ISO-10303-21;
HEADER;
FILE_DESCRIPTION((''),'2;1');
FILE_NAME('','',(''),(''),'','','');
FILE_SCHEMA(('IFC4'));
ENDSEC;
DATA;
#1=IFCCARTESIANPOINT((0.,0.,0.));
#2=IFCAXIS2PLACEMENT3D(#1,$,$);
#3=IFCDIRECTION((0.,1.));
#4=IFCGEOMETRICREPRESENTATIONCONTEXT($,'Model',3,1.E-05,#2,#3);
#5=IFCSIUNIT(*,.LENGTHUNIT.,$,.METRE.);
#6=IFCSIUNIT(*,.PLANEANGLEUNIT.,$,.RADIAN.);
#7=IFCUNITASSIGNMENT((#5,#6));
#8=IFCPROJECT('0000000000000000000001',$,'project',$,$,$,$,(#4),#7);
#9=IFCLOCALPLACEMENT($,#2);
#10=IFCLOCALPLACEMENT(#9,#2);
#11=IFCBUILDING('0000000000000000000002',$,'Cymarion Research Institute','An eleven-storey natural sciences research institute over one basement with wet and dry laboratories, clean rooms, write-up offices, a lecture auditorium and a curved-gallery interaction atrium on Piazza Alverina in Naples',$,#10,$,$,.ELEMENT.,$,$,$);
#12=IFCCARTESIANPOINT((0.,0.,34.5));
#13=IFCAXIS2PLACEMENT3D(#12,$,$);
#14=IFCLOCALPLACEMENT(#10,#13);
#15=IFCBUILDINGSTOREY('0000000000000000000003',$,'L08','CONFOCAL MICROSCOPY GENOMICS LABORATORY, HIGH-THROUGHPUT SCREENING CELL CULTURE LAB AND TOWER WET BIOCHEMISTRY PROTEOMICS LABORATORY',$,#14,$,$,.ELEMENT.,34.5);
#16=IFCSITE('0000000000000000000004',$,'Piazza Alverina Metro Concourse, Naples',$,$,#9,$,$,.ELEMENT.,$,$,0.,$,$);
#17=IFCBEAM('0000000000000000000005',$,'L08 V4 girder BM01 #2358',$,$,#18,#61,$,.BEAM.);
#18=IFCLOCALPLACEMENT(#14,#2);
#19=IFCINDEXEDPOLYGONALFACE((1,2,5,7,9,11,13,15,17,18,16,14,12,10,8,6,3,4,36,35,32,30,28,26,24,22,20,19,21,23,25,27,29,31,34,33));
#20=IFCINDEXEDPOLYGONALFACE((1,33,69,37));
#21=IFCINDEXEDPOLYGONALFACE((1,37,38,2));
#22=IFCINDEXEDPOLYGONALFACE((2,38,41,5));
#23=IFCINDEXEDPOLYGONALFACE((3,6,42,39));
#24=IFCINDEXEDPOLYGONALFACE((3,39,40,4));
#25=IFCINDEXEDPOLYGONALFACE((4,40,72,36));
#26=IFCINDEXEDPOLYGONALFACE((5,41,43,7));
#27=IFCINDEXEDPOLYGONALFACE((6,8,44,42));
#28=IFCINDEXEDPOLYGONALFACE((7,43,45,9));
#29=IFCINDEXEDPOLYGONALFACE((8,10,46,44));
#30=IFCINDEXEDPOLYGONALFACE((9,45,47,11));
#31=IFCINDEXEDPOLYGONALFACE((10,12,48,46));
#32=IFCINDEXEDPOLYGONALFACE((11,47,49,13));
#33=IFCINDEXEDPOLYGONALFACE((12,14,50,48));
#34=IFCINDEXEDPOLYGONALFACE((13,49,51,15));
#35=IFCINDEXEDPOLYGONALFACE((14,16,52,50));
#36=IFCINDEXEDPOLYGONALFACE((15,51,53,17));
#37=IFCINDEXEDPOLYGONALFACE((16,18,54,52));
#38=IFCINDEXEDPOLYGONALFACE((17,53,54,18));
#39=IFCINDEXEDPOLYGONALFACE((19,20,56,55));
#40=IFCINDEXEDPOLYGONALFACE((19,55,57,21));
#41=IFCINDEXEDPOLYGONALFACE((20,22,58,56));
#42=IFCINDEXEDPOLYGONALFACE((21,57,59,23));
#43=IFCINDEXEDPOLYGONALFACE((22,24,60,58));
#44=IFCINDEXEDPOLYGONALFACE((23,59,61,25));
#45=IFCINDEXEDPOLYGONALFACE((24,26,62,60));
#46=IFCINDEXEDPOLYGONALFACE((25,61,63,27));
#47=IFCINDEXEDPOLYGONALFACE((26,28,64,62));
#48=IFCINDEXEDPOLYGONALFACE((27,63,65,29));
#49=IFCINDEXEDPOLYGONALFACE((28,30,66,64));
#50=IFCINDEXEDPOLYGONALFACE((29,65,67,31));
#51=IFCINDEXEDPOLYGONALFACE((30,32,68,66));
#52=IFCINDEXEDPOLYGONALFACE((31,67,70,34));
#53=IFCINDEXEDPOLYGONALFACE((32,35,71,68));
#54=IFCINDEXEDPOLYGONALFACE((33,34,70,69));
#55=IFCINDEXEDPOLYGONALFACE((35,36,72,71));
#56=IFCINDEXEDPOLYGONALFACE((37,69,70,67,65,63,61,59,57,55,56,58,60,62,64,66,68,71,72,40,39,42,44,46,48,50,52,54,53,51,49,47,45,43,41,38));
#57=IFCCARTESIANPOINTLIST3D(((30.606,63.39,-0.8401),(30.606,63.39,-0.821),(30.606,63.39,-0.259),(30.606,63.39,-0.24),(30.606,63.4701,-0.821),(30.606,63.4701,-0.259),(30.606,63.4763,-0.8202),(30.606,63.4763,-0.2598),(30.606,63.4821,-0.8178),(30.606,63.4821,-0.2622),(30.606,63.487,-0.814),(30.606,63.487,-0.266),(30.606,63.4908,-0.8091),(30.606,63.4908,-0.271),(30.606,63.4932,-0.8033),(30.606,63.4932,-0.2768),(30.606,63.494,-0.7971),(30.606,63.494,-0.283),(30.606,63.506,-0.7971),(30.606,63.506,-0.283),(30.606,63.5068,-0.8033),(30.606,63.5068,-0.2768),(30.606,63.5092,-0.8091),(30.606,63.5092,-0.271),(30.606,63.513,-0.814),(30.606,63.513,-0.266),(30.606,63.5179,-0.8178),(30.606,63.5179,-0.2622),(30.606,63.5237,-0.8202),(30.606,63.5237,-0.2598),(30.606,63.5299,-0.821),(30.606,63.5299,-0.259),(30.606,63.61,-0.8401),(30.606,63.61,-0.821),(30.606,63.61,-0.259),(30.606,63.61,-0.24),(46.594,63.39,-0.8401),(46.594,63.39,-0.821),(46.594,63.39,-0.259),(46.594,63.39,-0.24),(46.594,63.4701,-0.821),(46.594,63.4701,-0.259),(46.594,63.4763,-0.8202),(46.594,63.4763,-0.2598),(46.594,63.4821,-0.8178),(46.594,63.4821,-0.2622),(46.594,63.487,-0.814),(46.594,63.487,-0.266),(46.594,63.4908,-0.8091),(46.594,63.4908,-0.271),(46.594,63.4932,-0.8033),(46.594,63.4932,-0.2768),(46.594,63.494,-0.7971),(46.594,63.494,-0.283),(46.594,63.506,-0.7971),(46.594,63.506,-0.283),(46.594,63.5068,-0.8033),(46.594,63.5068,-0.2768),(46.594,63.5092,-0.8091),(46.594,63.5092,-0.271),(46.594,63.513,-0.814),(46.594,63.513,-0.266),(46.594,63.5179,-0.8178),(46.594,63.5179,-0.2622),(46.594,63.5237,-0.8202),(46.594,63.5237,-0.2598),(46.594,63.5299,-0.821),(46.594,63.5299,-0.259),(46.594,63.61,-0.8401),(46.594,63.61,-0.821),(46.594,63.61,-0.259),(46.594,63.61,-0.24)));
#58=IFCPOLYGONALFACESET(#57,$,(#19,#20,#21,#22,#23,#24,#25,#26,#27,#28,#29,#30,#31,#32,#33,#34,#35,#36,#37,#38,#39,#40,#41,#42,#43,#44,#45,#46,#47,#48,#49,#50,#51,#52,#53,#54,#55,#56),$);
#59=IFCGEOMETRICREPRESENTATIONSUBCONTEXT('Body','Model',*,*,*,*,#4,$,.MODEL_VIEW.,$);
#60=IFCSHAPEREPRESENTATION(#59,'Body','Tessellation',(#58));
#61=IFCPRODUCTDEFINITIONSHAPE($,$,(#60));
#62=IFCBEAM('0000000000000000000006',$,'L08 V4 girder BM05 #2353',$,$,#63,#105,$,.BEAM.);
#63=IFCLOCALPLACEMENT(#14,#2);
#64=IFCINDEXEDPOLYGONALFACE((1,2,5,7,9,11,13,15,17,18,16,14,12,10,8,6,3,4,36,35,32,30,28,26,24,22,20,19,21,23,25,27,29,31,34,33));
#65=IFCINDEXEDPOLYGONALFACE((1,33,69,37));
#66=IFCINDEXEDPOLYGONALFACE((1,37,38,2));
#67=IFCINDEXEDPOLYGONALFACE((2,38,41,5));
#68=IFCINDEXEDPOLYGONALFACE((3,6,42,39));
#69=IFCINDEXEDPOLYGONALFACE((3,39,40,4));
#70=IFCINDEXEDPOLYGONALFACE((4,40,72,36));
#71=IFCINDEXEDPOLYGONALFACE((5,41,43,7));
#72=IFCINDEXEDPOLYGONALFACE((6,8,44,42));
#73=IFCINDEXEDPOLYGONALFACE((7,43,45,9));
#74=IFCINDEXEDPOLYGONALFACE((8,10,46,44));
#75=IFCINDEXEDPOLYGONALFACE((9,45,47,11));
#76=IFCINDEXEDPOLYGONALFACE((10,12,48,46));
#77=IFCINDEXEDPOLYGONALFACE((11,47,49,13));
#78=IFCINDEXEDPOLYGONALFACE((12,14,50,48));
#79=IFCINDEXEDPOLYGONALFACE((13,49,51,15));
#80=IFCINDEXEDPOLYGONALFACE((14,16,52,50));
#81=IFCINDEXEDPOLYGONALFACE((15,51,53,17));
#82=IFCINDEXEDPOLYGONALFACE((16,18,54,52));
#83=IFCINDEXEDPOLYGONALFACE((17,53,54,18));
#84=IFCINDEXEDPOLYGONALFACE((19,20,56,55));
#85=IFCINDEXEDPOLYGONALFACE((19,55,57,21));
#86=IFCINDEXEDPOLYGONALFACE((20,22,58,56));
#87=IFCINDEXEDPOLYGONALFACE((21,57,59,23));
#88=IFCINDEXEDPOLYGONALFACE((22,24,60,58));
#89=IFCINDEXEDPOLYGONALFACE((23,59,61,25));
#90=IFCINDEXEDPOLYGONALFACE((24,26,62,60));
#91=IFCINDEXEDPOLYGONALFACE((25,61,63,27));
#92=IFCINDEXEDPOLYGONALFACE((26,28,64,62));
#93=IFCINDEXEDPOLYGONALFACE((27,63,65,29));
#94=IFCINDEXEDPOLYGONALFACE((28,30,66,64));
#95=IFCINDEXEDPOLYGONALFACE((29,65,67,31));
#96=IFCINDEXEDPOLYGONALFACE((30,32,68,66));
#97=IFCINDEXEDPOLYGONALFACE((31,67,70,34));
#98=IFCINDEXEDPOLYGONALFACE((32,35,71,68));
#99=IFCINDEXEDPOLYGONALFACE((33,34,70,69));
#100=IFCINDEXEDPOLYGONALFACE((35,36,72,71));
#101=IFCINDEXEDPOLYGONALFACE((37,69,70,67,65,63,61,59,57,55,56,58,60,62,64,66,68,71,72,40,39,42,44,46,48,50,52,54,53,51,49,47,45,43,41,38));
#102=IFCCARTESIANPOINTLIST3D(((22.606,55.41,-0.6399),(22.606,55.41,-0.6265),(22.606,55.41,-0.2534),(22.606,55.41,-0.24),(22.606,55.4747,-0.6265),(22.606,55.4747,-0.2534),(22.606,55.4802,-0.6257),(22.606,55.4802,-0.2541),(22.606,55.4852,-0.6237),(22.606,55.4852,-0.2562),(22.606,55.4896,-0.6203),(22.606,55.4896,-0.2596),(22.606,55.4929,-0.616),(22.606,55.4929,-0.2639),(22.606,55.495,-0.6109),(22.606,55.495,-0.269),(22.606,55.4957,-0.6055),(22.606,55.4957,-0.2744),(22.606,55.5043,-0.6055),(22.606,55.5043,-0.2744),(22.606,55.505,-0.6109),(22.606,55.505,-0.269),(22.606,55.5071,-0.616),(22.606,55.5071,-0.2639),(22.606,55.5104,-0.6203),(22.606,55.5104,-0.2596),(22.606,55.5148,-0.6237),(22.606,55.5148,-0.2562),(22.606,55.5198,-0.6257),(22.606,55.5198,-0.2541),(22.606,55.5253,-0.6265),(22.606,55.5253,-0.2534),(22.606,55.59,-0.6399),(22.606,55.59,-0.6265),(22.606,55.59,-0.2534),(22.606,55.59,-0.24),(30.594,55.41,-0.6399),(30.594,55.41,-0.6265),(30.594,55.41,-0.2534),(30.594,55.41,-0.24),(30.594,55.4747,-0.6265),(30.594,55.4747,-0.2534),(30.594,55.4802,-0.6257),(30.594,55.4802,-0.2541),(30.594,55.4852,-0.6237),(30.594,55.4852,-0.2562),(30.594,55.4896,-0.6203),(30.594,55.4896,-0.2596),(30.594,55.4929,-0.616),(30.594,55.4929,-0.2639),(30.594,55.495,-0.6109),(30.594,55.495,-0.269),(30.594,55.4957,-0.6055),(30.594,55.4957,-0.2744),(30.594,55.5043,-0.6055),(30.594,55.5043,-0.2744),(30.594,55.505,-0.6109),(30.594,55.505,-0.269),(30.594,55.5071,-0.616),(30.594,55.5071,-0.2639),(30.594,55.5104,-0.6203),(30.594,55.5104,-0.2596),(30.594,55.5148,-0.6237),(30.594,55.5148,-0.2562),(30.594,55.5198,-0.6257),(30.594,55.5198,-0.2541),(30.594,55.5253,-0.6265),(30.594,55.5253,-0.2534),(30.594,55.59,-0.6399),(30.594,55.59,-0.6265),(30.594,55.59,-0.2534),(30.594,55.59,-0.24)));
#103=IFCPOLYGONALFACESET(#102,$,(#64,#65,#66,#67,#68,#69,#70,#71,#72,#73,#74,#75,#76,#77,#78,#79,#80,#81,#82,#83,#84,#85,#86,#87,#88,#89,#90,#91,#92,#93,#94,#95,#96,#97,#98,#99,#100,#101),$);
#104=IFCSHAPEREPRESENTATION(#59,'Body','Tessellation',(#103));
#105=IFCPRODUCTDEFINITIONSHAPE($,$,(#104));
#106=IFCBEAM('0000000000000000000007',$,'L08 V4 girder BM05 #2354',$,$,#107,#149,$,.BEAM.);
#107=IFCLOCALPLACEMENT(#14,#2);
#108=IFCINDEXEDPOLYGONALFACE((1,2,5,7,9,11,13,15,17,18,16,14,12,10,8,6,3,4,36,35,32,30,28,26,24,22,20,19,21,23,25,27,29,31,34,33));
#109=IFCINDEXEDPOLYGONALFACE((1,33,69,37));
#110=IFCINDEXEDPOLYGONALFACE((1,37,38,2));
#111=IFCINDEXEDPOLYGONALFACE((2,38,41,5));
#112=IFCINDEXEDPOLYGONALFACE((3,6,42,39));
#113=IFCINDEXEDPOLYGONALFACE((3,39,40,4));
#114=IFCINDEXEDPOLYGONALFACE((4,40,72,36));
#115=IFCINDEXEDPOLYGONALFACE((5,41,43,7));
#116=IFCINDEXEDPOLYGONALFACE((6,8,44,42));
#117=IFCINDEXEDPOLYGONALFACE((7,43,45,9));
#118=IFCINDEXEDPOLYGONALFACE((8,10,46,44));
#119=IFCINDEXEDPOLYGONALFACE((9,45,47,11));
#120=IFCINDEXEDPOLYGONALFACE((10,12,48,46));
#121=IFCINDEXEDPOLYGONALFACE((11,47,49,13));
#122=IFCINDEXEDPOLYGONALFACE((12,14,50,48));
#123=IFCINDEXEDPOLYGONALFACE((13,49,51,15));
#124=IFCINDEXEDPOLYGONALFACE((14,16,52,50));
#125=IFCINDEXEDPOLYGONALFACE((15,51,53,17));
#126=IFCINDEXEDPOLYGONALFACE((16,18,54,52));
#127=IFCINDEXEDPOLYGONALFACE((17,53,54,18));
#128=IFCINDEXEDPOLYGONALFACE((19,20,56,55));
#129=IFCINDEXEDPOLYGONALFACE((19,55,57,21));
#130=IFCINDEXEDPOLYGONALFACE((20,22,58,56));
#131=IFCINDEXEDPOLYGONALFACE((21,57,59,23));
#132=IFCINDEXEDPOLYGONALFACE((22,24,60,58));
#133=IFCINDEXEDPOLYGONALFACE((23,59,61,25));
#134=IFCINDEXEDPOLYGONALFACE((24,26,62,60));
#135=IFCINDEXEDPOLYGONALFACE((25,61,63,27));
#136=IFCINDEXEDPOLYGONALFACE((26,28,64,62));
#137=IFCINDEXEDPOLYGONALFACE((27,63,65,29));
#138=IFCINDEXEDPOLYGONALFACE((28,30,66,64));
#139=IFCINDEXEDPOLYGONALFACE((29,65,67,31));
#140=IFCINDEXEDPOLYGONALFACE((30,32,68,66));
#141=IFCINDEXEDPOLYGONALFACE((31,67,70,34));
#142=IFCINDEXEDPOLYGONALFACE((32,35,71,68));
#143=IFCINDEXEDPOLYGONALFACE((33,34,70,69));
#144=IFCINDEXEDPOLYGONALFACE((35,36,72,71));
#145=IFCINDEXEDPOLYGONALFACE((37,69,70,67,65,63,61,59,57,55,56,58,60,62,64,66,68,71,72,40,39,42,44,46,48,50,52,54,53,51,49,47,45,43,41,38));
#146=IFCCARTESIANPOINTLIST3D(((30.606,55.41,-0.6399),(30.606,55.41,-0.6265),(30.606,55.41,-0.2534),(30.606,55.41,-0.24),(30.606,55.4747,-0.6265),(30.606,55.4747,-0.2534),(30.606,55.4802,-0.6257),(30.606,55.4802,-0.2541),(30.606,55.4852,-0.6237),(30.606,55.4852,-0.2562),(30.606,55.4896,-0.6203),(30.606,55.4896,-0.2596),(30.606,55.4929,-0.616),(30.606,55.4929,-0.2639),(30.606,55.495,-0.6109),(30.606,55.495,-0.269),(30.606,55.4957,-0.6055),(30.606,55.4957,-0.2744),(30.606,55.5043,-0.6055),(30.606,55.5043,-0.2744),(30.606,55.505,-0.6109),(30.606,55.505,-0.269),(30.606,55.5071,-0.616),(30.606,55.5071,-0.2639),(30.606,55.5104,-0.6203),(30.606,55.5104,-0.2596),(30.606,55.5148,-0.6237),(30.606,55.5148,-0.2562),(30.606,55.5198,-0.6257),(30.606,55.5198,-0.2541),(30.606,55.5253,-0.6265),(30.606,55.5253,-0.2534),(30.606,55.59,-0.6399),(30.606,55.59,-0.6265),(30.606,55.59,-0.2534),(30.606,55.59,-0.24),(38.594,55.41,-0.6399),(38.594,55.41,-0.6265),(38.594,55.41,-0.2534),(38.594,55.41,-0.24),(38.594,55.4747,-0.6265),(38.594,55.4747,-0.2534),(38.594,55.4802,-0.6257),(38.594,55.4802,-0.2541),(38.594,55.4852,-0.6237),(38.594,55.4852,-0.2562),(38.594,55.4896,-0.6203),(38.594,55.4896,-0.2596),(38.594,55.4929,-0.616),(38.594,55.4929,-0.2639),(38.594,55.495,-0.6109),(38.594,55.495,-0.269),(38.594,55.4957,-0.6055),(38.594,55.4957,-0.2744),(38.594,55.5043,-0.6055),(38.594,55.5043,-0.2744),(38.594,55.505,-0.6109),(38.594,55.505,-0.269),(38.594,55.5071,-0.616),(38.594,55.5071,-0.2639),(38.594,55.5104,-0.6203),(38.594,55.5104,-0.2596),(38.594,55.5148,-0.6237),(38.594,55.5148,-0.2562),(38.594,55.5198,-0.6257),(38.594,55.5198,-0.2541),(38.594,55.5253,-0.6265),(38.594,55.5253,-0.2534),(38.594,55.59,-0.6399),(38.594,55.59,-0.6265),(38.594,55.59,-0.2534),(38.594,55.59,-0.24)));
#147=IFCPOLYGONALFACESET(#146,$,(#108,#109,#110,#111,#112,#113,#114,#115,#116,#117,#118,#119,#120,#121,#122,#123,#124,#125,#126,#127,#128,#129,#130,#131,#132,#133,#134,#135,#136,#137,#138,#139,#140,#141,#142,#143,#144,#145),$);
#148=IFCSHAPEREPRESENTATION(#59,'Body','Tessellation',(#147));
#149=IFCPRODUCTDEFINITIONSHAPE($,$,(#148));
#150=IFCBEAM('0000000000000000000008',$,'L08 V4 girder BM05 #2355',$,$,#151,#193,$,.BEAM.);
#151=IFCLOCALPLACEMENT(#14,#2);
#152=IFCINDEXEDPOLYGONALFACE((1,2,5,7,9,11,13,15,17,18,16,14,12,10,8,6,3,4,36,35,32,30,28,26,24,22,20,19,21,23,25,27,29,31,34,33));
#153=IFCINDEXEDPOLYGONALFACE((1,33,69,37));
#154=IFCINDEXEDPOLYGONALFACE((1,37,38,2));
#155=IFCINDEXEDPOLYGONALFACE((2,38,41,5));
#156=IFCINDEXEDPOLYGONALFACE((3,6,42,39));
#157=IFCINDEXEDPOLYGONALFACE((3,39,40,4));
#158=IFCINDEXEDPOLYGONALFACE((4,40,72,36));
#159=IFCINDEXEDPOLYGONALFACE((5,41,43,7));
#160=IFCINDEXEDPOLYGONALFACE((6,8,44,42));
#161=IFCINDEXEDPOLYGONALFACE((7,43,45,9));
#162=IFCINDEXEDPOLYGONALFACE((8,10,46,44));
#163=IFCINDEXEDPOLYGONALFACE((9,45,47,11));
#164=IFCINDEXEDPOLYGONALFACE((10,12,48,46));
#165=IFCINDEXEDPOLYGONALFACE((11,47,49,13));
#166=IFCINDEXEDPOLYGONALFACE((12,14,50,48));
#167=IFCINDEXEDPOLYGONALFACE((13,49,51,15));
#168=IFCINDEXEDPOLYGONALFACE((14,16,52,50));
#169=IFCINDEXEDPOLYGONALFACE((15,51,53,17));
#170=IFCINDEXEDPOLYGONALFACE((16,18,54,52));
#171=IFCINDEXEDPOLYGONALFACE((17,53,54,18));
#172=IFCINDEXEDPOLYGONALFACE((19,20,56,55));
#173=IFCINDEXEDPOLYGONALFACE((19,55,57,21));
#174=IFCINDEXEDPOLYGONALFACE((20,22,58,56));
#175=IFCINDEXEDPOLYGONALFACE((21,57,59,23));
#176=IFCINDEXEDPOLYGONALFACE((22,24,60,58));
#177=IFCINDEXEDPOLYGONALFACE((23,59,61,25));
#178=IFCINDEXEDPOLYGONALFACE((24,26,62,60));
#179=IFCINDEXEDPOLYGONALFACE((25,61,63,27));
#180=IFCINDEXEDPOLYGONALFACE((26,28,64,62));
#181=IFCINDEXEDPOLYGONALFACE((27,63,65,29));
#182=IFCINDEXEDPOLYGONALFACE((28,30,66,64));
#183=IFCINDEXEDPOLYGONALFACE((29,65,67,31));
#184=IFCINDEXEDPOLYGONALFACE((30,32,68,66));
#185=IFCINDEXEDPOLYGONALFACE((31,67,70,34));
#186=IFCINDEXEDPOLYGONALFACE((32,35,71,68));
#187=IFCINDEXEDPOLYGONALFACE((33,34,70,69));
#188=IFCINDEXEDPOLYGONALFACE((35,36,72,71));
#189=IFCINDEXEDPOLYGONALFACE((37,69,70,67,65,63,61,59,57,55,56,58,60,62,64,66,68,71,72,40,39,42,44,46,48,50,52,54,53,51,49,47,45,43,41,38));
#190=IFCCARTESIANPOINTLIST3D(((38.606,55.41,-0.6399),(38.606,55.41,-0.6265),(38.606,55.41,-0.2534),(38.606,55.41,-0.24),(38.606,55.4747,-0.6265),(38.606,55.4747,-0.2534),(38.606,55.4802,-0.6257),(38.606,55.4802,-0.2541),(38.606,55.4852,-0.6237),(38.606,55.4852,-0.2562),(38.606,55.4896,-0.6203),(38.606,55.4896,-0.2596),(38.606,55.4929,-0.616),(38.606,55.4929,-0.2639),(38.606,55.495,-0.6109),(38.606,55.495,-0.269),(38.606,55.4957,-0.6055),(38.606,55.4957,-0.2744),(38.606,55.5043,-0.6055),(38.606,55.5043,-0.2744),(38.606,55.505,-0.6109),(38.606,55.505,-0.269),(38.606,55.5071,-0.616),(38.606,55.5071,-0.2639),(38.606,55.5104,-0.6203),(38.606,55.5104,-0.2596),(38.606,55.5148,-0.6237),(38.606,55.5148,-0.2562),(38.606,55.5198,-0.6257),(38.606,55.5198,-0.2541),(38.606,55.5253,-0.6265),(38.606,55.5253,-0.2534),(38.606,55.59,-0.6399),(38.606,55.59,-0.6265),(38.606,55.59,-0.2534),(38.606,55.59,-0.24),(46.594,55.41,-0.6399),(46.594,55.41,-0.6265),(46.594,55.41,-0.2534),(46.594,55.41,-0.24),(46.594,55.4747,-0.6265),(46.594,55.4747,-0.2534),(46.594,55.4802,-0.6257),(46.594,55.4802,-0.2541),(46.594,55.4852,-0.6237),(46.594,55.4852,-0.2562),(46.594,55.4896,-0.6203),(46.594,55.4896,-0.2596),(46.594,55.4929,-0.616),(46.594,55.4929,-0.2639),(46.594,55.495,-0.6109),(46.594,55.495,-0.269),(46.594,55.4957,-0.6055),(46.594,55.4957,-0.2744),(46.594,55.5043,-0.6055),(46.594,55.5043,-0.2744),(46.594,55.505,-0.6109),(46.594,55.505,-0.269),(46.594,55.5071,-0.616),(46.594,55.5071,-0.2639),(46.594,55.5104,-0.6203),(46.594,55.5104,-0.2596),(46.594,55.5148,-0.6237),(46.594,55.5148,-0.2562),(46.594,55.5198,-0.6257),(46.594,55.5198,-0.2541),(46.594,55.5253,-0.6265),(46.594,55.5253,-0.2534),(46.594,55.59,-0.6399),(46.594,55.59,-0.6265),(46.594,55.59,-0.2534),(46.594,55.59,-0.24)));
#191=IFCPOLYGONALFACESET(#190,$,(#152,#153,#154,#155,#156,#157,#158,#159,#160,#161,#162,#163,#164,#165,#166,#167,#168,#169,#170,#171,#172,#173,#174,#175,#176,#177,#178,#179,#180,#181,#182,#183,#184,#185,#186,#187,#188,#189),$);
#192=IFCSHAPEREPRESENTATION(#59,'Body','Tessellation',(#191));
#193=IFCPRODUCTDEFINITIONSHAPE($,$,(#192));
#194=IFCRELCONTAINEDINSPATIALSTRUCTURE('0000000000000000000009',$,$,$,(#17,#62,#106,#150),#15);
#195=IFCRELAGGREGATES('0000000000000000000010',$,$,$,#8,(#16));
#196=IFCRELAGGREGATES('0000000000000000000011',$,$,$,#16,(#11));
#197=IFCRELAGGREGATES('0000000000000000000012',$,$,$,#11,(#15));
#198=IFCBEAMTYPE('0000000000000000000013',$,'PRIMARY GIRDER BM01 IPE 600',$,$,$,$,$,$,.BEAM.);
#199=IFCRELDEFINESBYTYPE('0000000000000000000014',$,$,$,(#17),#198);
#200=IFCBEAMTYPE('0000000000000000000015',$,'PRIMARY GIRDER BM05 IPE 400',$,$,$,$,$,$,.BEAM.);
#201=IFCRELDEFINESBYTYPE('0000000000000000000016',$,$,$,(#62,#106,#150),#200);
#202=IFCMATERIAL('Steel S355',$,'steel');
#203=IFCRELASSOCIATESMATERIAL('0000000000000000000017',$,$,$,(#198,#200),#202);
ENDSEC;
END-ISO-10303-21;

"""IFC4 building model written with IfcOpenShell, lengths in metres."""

from ifc_helpers import new_model, si_unit, direction, frame, origin, origin_2d, place, context, subcontext, project, spatial, i_section, extrude, material, material_profile, profile_set, type_object, element, save


model = new_model("IFC4")

# Units and contexts
model_context = context("Model", 3, precision=1e-05, world=origin(), true_north=direction((0.0, 1.0)))
body_context = subcontext(model_context, "Body", "Model", "MODEL_VIEW")
ifc_project = project(units=[si_unit("LENGTHUNIT", "METRE"), si_unit("PLANEANGLEUNIT", "RADIAN")], contexts=[model_context])

# Site, building, storey
site_placement = place(None, origin())
site = spatial("IfcSite", under=ifc_project, at=site_placement, Name="Piazza Alverina Metro Concourse, Naples", CompositionType="ELEMENT", RefElevation=0.0)
building_placement = place(site_placement, origin())
building = spatial("IfcBuilding", under=site, at=building_placement, Name="Cymarion Research Institute", Description="An eleven-storey natural sciences research institute over one basement with wet and dry laboratories, clean rooms, write-up offices, a lecture auditorium and a curved-gallery interaction atrium on Piazza Alverina in Naples", CompositionType="ELEMENT")
storey_placement = place(building_placement, frame((0.0, 0.0, 34.5)))
storey = spatial("IfcBuildingStorey", under=building, at=storey_placement, Name="L08", Description="CONFOCAL MICROSCOPY GENOMICS LABORATORY, HIGH-THROUGHPUT SCREENING CELL CULTURE LAB AND TOWER WET BIOCHEMISTRY PROTEOMICS LABORATORY", CompositionType="ELEMENT", Elevation=34.5)

# Beams
ifc_material_1 = material(Name="Steel S355", Category="steel")
ifc_material_profile_1 = material_profile(ifc_material_1, i_section(OverallWidth=0.22, OverallDepth=0.6001, WebThickness=0.012, FlangeThickness=0.019, FilletRadius=0.0239, at=origin_2d()), Name="IPE 600")
ifc_profile_set_1 = profile_set([ifc_material_profile_1], Name="Steel S355")
beam_type_1 = type_object("IfcBeamType", Name="PRIMARY GIRDER BM01 IPE 600", PredefinedType="BEAM", material=ifc_profile_set_1)
beam_placement = place(storey_placement, frame((30.606, 63.5, -0.54), z_axis=(1.0, 0.0, 0.0), x_axis=(0.0, 1.0, 0.0)))
element("IfcBeam", 1, at=beam_placement, inside=storey, type_object=beam_type_1, Name="L08 V4 girder BM01 #2358", PredefinedType="BEAM", context=body_context, shape_type="SweptSolid", body=[
    extrude(i_section(OverallWidth=0.22, OverallDepth=0.6001, WebThickness=0.012, FlangeThickness=0.019, FilletRadius=0.0239, at=origin_2d()), origin(), (0.0, 0.0, 1.0), 15.988),
])
ifc_material_profile_2 = material_profile(ifc_material_1, i_section(OverallWidth=0.1799, OverallDepth=0.3999, WebThickness=0.0085, FlangeThickness=0.0134, FilletRadius=0.021, at=origin_2d()), Name="IPE 400")
ifc_profile_set_2 = profile_set([ifc_material_profile_2], Name="Steel S355")
beam_type_2 = type_object("IfcBeamType", Name="PRIMARY GIRDER BM05 IPE 400", PredefinedType="BEAM", material=ifc_profile_set_2)
for number, where, z_axis, x_axis, name in (
    (2, (22.606, 55.5, -0.4399), (1.0, 0.0, 0.0), (0.0, 1.0, 0.0), "L08 V4 girder BM05 #2353"),
    (3, (30.606, 55.5, -0.4399), (1.0, 0.0, 0.0), (0.0, 1.0, 0.0), "L08 V4 girder BM05 #2354"),
    (4, (38.606, 55.5, -0.4399), (1.0, 0.0, 0.0), (0.0, 1.0, 0.0), "L08 V4 girder BM05 #2355"),
):
    element("IfcBeam", number, at=place(storey_placement, frame(where, z_axis=z_axis, x_axis=x_axis)), inside=storey, type_object=beam_type_2, Name=name, PredefinedType="BEAM", context=body_context, shape_type="SweptSolid", body=[
        extrude(i_section(OverallWidth=0.1799, OverallDepth=0.3999, WebThickness=0.0085, FlangeThickness=0.0134, FilletRadius=0.021, at=origin_2d()), origin(), (0.0, 0.0, 1.0), 7.988),
    ])

save(model, "model.ifc")
